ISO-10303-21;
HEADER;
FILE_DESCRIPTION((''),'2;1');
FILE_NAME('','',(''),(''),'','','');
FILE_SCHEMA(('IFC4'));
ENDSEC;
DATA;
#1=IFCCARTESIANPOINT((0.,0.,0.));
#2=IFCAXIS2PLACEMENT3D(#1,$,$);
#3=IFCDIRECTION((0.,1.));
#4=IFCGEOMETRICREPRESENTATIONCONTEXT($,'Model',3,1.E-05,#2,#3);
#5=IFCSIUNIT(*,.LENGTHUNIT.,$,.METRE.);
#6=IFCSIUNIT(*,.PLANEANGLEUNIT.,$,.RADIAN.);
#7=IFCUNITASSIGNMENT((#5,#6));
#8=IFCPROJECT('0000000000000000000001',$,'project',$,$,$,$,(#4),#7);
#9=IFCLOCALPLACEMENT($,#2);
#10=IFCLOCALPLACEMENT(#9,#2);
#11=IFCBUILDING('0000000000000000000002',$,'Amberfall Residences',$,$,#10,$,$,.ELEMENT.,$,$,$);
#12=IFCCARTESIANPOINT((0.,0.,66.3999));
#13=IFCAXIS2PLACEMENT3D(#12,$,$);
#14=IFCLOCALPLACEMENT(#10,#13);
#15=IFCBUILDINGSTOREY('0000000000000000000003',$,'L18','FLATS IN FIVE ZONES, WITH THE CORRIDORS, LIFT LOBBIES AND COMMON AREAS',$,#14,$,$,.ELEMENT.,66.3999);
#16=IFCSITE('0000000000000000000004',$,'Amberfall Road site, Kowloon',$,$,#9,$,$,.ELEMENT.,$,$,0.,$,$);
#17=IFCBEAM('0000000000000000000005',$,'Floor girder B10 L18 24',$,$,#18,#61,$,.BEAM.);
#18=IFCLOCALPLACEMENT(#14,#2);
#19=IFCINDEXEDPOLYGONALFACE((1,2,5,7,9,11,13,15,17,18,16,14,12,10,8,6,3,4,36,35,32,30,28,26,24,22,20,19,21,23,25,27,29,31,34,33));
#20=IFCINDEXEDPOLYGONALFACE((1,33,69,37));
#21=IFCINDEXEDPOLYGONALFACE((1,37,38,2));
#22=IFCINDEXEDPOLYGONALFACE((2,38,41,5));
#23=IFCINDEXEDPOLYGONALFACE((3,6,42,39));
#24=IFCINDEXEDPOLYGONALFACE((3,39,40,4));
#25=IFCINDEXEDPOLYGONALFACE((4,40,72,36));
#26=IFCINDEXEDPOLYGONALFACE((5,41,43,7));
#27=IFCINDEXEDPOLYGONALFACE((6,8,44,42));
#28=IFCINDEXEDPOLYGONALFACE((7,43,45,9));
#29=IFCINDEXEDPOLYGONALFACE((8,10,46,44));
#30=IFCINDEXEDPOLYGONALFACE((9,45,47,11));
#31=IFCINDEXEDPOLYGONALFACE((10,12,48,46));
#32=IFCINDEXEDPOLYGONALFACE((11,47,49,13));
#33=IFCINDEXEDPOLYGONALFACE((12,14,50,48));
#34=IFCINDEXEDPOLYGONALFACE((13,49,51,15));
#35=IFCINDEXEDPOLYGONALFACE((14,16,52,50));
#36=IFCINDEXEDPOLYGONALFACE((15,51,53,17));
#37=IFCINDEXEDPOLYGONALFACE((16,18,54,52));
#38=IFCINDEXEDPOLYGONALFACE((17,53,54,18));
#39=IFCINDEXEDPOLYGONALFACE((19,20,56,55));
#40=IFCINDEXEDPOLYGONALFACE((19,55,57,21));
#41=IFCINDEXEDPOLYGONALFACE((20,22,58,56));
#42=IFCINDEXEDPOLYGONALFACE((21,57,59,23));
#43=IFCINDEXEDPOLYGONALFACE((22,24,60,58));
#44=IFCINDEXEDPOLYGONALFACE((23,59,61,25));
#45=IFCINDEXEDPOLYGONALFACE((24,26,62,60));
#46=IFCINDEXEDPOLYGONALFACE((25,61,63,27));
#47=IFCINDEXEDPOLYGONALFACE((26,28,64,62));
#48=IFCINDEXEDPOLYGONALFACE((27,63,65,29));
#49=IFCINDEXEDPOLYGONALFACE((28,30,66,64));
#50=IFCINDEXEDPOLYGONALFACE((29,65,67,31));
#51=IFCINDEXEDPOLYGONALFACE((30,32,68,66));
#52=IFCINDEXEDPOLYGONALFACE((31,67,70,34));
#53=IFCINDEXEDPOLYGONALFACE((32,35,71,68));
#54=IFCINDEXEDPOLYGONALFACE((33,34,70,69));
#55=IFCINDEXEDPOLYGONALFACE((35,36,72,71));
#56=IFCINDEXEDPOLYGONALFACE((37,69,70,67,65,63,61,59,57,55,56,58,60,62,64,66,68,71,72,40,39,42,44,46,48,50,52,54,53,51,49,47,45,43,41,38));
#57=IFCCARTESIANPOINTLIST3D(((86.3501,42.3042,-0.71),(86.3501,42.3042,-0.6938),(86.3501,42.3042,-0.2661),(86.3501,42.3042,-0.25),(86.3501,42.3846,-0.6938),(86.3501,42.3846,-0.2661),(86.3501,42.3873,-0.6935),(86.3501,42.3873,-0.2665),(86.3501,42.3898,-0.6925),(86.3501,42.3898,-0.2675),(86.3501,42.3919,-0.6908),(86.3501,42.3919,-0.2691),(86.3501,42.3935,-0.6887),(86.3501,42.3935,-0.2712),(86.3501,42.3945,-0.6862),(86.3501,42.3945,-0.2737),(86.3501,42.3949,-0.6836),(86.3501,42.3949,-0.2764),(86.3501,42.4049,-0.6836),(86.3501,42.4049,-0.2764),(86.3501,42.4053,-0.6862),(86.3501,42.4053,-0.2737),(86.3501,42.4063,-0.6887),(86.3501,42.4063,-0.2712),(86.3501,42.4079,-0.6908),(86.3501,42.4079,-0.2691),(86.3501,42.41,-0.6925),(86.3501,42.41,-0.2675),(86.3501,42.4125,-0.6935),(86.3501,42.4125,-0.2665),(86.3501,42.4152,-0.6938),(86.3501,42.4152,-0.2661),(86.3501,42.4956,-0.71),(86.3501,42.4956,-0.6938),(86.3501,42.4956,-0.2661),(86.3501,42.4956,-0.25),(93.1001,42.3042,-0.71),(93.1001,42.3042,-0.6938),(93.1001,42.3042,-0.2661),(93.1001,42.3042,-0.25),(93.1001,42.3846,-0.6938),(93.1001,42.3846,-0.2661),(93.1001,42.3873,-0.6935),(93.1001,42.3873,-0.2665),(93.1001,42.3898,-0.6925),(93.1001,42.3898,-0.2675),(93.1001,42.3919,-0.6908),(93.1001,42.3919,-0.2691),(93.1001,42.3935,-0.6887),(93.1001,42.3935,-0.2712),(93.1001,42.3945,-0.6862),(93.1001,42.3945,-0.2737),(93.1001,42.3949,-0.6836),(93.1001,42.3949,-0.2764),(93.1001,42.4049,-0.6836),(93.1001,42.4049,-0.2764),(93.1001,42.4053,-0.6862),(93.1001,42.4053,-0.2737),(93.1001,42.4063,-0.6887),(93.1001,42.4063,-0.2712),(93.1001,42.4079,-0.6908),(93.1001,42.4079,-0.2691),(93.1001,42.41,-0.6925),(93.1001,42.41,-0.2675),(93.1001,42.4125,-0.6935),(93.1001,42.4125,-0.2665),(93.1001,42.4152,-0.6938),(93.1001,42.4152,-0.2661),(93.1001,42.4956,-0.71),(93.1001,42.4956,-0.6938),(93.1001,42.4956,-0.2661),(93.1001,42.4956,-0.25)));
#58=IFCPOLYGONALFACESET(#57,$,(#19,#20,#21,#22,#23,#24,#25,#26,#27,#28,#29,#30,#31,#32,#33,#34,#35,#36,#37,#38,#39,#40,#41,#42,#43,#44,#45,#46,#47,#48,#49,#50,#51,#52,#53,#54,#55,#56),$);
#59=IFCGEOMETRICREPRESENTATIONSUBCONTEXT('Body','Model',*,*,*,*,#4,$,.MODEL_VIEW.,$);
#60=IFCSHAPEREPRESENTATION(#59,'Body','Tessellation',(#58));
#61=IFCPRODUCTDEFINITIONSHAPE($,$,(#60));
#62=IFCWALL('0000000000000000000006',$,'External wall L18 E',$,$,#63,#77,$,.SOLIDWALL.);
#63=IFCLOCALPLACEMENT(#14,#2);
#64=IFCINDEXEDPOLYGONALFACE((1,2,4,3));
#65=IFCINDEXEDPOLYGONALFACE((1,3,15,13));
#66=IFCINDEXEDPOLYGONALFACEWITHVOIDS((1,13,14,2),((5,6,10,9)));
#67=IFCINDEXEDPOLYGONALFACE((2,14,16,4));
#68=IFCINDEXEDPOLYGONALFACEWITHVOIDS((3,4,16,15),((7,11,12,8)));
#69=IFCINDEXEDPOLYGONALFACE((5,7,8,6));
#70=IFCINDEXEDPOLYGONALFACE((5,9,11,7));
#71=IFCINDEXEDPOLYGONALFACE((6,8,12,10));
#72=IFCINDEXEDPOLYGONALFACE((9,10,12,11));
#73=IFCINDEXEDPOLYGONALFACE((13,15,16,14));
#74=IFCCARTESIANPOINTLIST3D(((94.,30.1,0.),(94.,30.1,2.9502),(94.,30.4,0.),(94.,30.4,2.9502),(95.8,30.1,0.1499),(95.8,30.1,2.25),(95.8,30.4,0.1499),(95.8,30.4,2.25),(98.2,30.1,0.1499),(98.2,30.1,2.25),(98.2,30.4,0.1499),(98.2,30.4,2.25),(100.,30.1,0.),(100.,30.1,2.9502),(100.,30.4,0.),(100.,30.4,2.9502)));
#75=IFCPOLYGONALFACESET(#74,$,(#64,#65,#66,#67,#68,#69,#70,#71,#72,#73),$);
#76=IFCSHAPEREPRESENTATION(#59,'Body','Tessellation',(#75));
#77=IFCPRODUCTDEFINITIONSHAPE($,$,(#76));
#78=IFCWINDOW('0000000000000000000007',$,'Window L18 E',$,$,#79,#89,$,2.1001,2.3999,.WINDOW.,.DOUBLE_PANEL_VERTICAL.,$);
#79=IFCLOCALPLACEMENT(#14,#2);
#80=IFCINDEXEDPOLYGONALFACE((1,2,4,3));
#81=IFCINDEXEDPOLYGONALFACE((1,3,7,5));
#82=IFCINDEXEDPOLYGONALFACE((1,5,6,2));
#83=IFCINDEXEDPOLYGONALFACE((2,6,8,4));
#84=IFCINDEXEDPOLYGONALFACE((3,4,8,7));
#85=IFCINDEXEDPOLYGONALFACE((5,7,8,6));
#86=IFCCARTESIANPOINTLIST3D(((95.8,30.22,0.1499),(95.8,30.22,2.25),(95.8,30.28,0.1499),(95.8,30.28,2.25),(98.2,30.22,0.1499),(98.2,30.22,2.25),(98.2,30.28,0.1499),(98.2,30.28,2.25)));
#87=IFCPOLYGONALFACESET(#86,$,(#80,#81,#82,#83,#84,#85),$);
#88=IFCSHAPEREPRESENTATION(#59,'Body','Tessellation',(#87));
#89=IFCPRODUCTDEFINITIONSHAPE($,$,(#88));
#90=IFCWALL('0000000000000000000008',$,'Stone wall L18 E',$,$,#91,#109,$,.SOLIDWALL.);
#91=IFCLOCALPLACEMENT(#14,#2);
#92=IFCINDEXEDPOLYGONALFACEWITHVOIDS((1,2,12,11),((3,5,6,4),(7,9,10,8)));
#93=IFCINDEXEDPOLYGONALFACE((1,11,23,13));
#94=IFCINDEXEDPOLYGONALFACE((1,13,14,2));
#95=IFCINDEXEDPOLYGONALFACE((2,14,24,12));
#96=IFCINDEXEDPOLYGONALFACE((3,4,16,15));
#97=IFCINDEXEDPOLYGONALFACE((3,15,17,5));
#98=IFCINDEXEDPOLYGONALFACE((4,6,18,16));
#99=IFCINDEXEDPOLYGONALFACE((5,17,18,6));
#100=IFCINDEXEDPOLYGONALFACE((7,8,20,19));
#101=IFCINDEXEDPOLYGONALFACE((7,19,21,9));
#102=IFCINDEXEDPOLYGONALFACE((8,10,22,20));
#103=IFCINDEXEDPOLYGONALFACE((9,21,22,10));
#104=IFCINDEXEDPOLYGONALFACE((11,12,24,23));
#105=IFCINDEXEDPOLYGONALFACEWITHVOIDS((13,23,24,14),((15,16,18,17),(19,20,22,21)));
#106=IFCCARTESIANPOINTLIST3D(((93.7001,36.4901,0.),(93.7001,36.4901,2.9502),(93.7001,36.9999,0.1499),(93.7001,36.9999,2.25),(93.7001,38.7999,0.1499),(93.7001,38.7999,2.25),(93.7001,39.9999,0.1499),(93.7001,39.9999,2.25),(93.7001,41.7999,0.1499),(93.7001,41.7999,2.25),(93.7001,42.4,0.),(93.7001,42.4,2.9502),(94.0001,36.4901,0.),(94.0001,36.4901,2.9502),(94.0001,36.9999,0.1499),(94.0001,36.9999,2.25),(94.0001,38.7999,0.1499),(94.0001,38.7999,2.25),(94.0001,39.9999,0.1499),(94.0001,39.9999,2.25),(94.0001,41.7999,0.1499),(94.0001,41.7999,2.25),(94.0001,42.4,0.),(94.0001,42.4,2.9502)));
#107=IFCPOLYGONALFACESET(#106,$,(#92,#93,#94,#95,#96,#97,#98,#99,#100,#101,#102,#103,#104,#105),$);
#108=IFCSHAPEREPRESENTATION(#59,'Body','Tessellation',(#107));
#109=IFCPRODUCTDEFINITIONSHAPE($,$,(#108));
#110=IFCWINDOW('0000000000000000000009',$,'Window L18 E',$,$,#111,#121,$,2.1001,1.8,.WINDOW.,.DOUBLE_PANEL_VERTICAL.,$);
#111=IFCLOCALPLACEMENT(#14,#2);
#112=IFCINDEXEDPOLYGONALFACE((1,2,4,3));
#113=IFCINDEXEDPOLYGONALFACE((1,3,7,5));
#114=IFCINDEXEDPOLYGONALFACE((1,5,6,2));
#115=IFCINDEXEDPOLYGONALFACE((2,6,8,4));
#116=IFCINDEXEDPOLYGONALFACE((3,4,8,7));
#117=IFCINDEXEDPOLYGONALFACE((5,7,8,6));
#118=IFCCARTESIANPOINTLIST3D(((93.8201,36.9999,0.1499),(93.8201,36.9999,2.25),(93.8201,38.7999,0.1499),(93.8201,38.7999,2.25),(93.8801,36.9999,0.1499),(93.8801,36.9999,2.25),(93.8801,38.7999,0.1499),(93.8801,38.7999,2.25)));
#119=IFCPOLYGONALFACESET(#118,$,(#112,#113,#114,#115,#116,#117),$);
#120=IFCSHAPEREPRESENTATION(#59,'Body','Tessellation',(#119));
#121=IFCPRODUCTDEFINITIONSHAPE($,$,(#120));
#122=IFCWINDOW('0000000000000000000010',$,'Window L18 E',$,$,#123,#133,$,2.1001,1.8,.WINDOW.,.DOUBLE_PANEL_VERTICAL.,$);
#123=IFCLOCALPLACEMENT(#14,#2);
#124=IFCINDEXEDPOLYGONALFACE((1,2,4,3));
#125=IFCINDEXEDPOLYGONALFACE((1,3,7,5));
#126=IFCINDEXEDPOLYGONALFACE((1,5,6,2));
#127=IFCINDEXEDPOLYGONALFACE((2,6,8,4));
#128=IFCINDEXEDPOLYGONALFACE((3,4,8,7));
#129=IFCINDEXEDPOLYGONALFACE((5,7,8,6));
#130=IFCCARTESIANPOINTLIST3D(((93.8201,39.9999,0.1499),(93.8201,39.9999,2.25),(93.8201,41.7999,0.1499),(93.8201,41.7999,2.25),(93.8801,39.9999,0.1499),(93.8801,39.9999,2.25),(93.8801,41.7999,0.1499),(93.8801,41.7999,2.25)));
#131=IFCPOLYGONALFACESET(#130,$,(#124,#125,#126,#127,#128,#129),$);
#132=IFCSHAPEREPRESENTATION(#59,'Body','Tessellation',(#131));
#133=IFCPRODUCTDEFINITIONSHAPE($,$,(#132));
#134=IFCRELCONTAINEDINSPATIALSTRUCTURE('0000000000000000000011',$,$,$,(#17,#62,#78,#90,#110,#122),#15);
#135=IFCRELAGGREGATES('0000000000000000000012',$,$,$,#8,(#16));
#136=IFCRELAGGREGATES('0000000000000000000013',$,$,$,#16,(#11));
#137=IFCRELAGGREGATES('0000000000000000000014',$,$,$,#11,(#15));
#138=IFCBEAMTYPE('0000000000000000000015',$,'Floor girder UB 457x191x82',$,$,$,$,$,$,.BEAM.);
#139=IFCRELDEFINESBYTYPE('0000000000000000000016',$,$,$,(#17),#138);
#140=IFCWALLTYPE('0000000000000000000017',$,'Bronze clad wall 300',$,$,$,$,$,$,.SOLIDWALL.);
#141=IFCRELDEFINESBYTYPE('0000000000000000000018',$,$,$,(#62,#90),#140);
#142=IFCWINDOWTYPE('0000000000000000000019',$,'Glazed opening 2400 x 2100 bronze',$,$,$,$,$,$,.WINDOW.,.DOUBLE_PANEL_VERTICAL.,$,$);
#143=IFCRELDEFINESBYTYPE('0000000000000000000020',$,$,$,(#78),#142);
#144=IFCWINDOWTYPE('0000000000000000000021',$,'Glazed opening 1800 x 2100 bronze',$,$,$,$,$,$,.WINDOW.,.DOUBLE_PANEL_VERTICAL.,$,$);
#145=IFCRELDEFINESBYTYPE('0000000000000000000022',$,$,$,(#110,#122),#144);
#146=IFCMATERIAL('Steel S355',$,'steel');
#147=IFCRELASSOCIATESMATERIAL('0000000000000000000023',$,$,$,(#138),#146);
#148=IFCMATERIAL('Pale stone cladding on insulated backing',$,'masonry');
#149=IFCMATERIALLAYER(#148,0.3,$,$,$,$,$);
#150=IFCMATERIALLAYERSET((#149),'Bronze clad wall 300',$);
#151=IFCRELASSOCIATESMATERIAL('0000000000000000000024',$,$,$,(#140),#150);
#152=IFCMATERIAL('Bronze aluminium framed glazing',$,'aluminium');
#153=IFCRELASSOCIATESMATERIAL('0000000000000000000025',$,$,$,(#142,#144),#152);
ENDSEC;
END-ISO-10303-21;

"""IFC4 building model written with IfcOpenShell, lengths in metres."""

from ifc_helpers import new_model, si_unit, direction, frame, frame_2d, origin, origin_2d, place, context, subcontext, project, spatial, rectangle, i_section, extrude, material, layer, layer_set, material_profile, profile_set, type_object, element, fill, save


model = new_model("IFC4")

# Units and contexts
model_context = context("Model", 3, precision=1e-05, world=origin(), true_north=direction((0.0, 1.0)))
body_context = subcontext(model_context, "Body", "Model", "MODEL_VIEW")
ifc_project = project(units=[si_unit("LENGTHUNIT", "METRE"), si_unit("PLANEANGLEUNIT", "RADIAN")], contexts=[model_context])

# Site, building, storey
site_placement = place(None, origin())
site = spatial("IfcSite", under=ifc_project, at=site_placement, Name="Amberfall Road site, Kowloon", CompositionType="ELEMENT", RefElevation=0.0)
building_placement = place(site_placement, origin())
building = spatial("IfcBuilding", under=site, at=building_placement, Name="Amberfall Residences", CompositionType="ELEMENT")
storey_placement = place(building_placement, frame((0.0, 0.0, 66.3999)))
storey = spatial("IfcBuildingStorey", under=building, at=storey_placement, Name="L18", Description="FLATS IN FIVE ZONES, WITH THE CORRIDORS, LIFT LOBBIES AND COMMON AREAS", CompositionType="ELEMENT", Elevation=66.3999)

# Beam
ifc_material_1 = material(Name="Steel S355", Category="steel")
ifc_material_profile_1 = material_profile(ifc_material_1, i_section(OverallWidth=0.1914, OverallDepth=0.46, WebThickness=0.01, FlangeThickness=0.0161, FilletRadius=0.0103, at=origin_2d()), Name="UB 457x191x82")
ifc_profile_set_1 = profile_set([ifc_material_profile_1], Name="Steel S355")
beam_type_1 = type_object("IfcBeamType", Name="Floor girder UB 457x191x82", PredefinedType="BEAM", material=ifc_profile_set_1)
beam_1_placement = place(storey_placement, frame((93.1001, 42.3999, -0.48), z_axis=(-1.0, 0.0, 0.0), x_axis=(0.0, -1.0, 0.0)))
element("IfcBeam", 1, at=beam_1_placement, inside=storey, type_object=beam_type_1, Name="Floor girder B10 L18 24", PredefinedType="BEAM", context=body_context, shape_type="SweptSolid", body=[
    extrude(i_section(OverallWidth=0.1914, OverallDepth=0.46, WebThickness=0.01, FlangeThickness=0.0161, FilletRadius=0.0103, at=origin_2d()), origin(), (0.0, 0.0, 1.0), 6.75),
])

# Wall, opening, window
ifc_material_2 = material(Name="Pale stone cladding on insulated backing", Category="masonry")
ifc_layer_1 = layer(ifc_material_2, 0.3)
ifc_layer_set_1 = layer_set([ifc_layer_1], Name="Bronze clad wall 300")
wall_type_1 = type_object("IfcWallType", Name="Bronze clad wall 300", PredefinedType="SOLIDWALL", material=ifc_layer_set_1)
wall_1_placement = place(storey_placement, frame((100.0, 30.25, 0.0), z_axis=(0.0, 0.0, 1.0), x_axis=(-1.0, 0.0, 0.0)))
wall_1 = element("IfcWall", 2, at=wall_1_placement, inside=storey, type_object=wall_type_1, Name="External wall L18 E", PredefinedType="SOLIDWALL", context=body_context, shape_type="SweptSolid", body=[
    extrude(rectangle(XDim=6.0, YDim=0.3, at=frame_2d((3.0, 0.0))), origin(), (0.0, 0.0, 1.0), 2.9502),
])
opening_1_placement = place(wall_1_placement, frame((1.8, 0.0, 0.1499)))
opening_1 = element("IfcOpeningElement", 3, at=opening_1_placement, cuts=wall_1, PredefinedType="OPENING", context=body_context, shape_type="SweptSolid", body=[
    extrude(rectangle(XDim=2.3999, YDim=2.1001, at=frame_2d((1.2, 1.05))), frame((0.0, 0.1599, 0.0), z_axis=(0.0, -1.0, 0.0), x_axis=(1.0, 0.0, 0.0)), (0.0, 0.0, 1.0), 0.3201),
])
ifc_material_3 = material(Name="Bronze aluminium framed glazing", Category="aluminium")
window_type_1 = type_object("IfcWindowType", Name="Glazed opening 2400 x 2100 bronze", PartitioningType="DOUBLE_PANEL_VERTICAL", PredefinedType="WINDOW", material=ifc_material_3)
window_1_placement = place(opening_1_placement, origin())
window_1 = element("IfcWindow", 4, at=window_1_placement, inside=storey, type_object=window_type_1, Name="Window L18 E", OverallHeight=2.1001, OverallWidth=2.3999, PartitioningType="DOUBLE_PANEL_VERTICAL", PredefinedType="WINDOW", context=body_context, shape_type="SweptSolid", body=[
    extrude(rectangle(XDim=2.3999, YDim=2.1001, at=frame_2d((1.2, 1.05))), frame((0.0, 0.03, 0.0), z_axis=(0.0, -1.0, 0.0), x_axis=(1.0, 0.0, 0.0)), (0.0, 0.0, 1.0), 0.0601),
])
fill(opening_1, window_1)

# Wall, openings, windows
wall_2_placement = place(storey_placement, frame((93.8501, 36.49, 0.0), z_axis=(0.0, 0.0, 1.0), x_axis=(0.0, 1.0, 0.0)))
wall_2 = element("IfcWall", 5, at=wall_2_placement, inside=storey, type_object=wall_type_1, Name="Stone wall L18 E", PredefinedType="SOLIDWALL", context=body_context, shape_type="SweptSolid", body=[
    extrude(rectangle(XDim=5.9099, YDim=0.3, at=frame_2d((2.9551, 0.0))), origin(), (0.0, 0.0, 1.0), 2.9502),
])
opening_2_placement = place(wall_2_placement, frame((0.51, 0.0, 0.1499)))
opening_2 = element("IfcOpeningElement", 6, at=opening_2_placement, cuts=wall_2, PredefinedType="OPENING", context=body_context, shape_type="SweptSolid", body=[
    extrude(rectangle(XDim=1.8, YDim=2.1001, at=frame_2d((0.8999, 1.05))), frame((0.0, 0.1599, 0.0), z_axis=(0.0, -1.0, 0.0), x_axis=(1.0, 0.0, 0.0)), (0.0, 0.0, 1.0), 0.3201),
])
opening_3_placement = place(wall_2_placement, frame((3.51, 0.0, 0.1499)))
opening_3 = element("IfcOpeningElement", 7, at=opening_3_placement, cuts=wall_2, PredefinedType="OPENING", context=body_context, shape_type="SweptSolid", body=[
    extrude(rectangle(XDim=1.8, YDim=2.1001, at=frame_2d((0.8999, 1.05))), frame((0.0, 0.1599, 0.0), z_axis=(0.0, -1.0, 0.0), x_axis=(1.0, 0.0, 0.0)), (0.0, 0.0, 1.0), 0.3201),
])
window_type_2 = type_object("IfcWindowType", Name="Glazed opening 1800 x 2100 bronze", PartitioningType="DOUBLE_PANEL_VERTICAL", PredefinedType="WINDOW", material=ifc_material_3)
window_2_placement = place(opening_2_placement, origin())
window_2 = element("IfcWindow", 8, at=window_2_placement, inside=storey, type_object=window_type_2, Name="Window L18 E", OverallHeight=2.1001, OverallWidth=1.8, PartitioningType="DOUBLE_PANEL_VERTICAL", PredefinedType="WINDOW", context=body_context, shape_type="SweptSolid", body=[
    extrude(rectangle(XDim=1.8, YDim=2.1001, at=frame_2d((0.8999, 1.05))), frame((0.0, 0.03, 0.0), z_axis=(0.0, -1.0, 0.0), x_axis=(1.0, 0.0, 0.0)), (0.0, 0.0, 1.0), 0.0601),
])
fill(opening_2, window_2)
window_3_placement = place(opening_3_placement, origin())
window_3 = element("IfcWindow", 9, at=window_3_placement, inside=storey, type_object=window_type_2, Name="Window L18 E", OverallHeight=2.1001, OverallWidth=1.8, PartitioningType="DOUBLE_PANEL_VERTICAL", PredefinedType="WINDOW", context=body_context, shape_type="SweptSolid", body=[
    extrude(rectangle(XDim=1.8, YDim=2.1001, at=frame_2d((0.8999, 1.05))), frame((0.0, 0.03, 0.0), z_axis=(0.0, -1.0, 0.0), x_axis=(1.0, 0.0, 0.0)), (0.0, 0.0, 1.0), 0.0601),
])
fill(opening_3, window_3)

save(model, "model.ifc")
